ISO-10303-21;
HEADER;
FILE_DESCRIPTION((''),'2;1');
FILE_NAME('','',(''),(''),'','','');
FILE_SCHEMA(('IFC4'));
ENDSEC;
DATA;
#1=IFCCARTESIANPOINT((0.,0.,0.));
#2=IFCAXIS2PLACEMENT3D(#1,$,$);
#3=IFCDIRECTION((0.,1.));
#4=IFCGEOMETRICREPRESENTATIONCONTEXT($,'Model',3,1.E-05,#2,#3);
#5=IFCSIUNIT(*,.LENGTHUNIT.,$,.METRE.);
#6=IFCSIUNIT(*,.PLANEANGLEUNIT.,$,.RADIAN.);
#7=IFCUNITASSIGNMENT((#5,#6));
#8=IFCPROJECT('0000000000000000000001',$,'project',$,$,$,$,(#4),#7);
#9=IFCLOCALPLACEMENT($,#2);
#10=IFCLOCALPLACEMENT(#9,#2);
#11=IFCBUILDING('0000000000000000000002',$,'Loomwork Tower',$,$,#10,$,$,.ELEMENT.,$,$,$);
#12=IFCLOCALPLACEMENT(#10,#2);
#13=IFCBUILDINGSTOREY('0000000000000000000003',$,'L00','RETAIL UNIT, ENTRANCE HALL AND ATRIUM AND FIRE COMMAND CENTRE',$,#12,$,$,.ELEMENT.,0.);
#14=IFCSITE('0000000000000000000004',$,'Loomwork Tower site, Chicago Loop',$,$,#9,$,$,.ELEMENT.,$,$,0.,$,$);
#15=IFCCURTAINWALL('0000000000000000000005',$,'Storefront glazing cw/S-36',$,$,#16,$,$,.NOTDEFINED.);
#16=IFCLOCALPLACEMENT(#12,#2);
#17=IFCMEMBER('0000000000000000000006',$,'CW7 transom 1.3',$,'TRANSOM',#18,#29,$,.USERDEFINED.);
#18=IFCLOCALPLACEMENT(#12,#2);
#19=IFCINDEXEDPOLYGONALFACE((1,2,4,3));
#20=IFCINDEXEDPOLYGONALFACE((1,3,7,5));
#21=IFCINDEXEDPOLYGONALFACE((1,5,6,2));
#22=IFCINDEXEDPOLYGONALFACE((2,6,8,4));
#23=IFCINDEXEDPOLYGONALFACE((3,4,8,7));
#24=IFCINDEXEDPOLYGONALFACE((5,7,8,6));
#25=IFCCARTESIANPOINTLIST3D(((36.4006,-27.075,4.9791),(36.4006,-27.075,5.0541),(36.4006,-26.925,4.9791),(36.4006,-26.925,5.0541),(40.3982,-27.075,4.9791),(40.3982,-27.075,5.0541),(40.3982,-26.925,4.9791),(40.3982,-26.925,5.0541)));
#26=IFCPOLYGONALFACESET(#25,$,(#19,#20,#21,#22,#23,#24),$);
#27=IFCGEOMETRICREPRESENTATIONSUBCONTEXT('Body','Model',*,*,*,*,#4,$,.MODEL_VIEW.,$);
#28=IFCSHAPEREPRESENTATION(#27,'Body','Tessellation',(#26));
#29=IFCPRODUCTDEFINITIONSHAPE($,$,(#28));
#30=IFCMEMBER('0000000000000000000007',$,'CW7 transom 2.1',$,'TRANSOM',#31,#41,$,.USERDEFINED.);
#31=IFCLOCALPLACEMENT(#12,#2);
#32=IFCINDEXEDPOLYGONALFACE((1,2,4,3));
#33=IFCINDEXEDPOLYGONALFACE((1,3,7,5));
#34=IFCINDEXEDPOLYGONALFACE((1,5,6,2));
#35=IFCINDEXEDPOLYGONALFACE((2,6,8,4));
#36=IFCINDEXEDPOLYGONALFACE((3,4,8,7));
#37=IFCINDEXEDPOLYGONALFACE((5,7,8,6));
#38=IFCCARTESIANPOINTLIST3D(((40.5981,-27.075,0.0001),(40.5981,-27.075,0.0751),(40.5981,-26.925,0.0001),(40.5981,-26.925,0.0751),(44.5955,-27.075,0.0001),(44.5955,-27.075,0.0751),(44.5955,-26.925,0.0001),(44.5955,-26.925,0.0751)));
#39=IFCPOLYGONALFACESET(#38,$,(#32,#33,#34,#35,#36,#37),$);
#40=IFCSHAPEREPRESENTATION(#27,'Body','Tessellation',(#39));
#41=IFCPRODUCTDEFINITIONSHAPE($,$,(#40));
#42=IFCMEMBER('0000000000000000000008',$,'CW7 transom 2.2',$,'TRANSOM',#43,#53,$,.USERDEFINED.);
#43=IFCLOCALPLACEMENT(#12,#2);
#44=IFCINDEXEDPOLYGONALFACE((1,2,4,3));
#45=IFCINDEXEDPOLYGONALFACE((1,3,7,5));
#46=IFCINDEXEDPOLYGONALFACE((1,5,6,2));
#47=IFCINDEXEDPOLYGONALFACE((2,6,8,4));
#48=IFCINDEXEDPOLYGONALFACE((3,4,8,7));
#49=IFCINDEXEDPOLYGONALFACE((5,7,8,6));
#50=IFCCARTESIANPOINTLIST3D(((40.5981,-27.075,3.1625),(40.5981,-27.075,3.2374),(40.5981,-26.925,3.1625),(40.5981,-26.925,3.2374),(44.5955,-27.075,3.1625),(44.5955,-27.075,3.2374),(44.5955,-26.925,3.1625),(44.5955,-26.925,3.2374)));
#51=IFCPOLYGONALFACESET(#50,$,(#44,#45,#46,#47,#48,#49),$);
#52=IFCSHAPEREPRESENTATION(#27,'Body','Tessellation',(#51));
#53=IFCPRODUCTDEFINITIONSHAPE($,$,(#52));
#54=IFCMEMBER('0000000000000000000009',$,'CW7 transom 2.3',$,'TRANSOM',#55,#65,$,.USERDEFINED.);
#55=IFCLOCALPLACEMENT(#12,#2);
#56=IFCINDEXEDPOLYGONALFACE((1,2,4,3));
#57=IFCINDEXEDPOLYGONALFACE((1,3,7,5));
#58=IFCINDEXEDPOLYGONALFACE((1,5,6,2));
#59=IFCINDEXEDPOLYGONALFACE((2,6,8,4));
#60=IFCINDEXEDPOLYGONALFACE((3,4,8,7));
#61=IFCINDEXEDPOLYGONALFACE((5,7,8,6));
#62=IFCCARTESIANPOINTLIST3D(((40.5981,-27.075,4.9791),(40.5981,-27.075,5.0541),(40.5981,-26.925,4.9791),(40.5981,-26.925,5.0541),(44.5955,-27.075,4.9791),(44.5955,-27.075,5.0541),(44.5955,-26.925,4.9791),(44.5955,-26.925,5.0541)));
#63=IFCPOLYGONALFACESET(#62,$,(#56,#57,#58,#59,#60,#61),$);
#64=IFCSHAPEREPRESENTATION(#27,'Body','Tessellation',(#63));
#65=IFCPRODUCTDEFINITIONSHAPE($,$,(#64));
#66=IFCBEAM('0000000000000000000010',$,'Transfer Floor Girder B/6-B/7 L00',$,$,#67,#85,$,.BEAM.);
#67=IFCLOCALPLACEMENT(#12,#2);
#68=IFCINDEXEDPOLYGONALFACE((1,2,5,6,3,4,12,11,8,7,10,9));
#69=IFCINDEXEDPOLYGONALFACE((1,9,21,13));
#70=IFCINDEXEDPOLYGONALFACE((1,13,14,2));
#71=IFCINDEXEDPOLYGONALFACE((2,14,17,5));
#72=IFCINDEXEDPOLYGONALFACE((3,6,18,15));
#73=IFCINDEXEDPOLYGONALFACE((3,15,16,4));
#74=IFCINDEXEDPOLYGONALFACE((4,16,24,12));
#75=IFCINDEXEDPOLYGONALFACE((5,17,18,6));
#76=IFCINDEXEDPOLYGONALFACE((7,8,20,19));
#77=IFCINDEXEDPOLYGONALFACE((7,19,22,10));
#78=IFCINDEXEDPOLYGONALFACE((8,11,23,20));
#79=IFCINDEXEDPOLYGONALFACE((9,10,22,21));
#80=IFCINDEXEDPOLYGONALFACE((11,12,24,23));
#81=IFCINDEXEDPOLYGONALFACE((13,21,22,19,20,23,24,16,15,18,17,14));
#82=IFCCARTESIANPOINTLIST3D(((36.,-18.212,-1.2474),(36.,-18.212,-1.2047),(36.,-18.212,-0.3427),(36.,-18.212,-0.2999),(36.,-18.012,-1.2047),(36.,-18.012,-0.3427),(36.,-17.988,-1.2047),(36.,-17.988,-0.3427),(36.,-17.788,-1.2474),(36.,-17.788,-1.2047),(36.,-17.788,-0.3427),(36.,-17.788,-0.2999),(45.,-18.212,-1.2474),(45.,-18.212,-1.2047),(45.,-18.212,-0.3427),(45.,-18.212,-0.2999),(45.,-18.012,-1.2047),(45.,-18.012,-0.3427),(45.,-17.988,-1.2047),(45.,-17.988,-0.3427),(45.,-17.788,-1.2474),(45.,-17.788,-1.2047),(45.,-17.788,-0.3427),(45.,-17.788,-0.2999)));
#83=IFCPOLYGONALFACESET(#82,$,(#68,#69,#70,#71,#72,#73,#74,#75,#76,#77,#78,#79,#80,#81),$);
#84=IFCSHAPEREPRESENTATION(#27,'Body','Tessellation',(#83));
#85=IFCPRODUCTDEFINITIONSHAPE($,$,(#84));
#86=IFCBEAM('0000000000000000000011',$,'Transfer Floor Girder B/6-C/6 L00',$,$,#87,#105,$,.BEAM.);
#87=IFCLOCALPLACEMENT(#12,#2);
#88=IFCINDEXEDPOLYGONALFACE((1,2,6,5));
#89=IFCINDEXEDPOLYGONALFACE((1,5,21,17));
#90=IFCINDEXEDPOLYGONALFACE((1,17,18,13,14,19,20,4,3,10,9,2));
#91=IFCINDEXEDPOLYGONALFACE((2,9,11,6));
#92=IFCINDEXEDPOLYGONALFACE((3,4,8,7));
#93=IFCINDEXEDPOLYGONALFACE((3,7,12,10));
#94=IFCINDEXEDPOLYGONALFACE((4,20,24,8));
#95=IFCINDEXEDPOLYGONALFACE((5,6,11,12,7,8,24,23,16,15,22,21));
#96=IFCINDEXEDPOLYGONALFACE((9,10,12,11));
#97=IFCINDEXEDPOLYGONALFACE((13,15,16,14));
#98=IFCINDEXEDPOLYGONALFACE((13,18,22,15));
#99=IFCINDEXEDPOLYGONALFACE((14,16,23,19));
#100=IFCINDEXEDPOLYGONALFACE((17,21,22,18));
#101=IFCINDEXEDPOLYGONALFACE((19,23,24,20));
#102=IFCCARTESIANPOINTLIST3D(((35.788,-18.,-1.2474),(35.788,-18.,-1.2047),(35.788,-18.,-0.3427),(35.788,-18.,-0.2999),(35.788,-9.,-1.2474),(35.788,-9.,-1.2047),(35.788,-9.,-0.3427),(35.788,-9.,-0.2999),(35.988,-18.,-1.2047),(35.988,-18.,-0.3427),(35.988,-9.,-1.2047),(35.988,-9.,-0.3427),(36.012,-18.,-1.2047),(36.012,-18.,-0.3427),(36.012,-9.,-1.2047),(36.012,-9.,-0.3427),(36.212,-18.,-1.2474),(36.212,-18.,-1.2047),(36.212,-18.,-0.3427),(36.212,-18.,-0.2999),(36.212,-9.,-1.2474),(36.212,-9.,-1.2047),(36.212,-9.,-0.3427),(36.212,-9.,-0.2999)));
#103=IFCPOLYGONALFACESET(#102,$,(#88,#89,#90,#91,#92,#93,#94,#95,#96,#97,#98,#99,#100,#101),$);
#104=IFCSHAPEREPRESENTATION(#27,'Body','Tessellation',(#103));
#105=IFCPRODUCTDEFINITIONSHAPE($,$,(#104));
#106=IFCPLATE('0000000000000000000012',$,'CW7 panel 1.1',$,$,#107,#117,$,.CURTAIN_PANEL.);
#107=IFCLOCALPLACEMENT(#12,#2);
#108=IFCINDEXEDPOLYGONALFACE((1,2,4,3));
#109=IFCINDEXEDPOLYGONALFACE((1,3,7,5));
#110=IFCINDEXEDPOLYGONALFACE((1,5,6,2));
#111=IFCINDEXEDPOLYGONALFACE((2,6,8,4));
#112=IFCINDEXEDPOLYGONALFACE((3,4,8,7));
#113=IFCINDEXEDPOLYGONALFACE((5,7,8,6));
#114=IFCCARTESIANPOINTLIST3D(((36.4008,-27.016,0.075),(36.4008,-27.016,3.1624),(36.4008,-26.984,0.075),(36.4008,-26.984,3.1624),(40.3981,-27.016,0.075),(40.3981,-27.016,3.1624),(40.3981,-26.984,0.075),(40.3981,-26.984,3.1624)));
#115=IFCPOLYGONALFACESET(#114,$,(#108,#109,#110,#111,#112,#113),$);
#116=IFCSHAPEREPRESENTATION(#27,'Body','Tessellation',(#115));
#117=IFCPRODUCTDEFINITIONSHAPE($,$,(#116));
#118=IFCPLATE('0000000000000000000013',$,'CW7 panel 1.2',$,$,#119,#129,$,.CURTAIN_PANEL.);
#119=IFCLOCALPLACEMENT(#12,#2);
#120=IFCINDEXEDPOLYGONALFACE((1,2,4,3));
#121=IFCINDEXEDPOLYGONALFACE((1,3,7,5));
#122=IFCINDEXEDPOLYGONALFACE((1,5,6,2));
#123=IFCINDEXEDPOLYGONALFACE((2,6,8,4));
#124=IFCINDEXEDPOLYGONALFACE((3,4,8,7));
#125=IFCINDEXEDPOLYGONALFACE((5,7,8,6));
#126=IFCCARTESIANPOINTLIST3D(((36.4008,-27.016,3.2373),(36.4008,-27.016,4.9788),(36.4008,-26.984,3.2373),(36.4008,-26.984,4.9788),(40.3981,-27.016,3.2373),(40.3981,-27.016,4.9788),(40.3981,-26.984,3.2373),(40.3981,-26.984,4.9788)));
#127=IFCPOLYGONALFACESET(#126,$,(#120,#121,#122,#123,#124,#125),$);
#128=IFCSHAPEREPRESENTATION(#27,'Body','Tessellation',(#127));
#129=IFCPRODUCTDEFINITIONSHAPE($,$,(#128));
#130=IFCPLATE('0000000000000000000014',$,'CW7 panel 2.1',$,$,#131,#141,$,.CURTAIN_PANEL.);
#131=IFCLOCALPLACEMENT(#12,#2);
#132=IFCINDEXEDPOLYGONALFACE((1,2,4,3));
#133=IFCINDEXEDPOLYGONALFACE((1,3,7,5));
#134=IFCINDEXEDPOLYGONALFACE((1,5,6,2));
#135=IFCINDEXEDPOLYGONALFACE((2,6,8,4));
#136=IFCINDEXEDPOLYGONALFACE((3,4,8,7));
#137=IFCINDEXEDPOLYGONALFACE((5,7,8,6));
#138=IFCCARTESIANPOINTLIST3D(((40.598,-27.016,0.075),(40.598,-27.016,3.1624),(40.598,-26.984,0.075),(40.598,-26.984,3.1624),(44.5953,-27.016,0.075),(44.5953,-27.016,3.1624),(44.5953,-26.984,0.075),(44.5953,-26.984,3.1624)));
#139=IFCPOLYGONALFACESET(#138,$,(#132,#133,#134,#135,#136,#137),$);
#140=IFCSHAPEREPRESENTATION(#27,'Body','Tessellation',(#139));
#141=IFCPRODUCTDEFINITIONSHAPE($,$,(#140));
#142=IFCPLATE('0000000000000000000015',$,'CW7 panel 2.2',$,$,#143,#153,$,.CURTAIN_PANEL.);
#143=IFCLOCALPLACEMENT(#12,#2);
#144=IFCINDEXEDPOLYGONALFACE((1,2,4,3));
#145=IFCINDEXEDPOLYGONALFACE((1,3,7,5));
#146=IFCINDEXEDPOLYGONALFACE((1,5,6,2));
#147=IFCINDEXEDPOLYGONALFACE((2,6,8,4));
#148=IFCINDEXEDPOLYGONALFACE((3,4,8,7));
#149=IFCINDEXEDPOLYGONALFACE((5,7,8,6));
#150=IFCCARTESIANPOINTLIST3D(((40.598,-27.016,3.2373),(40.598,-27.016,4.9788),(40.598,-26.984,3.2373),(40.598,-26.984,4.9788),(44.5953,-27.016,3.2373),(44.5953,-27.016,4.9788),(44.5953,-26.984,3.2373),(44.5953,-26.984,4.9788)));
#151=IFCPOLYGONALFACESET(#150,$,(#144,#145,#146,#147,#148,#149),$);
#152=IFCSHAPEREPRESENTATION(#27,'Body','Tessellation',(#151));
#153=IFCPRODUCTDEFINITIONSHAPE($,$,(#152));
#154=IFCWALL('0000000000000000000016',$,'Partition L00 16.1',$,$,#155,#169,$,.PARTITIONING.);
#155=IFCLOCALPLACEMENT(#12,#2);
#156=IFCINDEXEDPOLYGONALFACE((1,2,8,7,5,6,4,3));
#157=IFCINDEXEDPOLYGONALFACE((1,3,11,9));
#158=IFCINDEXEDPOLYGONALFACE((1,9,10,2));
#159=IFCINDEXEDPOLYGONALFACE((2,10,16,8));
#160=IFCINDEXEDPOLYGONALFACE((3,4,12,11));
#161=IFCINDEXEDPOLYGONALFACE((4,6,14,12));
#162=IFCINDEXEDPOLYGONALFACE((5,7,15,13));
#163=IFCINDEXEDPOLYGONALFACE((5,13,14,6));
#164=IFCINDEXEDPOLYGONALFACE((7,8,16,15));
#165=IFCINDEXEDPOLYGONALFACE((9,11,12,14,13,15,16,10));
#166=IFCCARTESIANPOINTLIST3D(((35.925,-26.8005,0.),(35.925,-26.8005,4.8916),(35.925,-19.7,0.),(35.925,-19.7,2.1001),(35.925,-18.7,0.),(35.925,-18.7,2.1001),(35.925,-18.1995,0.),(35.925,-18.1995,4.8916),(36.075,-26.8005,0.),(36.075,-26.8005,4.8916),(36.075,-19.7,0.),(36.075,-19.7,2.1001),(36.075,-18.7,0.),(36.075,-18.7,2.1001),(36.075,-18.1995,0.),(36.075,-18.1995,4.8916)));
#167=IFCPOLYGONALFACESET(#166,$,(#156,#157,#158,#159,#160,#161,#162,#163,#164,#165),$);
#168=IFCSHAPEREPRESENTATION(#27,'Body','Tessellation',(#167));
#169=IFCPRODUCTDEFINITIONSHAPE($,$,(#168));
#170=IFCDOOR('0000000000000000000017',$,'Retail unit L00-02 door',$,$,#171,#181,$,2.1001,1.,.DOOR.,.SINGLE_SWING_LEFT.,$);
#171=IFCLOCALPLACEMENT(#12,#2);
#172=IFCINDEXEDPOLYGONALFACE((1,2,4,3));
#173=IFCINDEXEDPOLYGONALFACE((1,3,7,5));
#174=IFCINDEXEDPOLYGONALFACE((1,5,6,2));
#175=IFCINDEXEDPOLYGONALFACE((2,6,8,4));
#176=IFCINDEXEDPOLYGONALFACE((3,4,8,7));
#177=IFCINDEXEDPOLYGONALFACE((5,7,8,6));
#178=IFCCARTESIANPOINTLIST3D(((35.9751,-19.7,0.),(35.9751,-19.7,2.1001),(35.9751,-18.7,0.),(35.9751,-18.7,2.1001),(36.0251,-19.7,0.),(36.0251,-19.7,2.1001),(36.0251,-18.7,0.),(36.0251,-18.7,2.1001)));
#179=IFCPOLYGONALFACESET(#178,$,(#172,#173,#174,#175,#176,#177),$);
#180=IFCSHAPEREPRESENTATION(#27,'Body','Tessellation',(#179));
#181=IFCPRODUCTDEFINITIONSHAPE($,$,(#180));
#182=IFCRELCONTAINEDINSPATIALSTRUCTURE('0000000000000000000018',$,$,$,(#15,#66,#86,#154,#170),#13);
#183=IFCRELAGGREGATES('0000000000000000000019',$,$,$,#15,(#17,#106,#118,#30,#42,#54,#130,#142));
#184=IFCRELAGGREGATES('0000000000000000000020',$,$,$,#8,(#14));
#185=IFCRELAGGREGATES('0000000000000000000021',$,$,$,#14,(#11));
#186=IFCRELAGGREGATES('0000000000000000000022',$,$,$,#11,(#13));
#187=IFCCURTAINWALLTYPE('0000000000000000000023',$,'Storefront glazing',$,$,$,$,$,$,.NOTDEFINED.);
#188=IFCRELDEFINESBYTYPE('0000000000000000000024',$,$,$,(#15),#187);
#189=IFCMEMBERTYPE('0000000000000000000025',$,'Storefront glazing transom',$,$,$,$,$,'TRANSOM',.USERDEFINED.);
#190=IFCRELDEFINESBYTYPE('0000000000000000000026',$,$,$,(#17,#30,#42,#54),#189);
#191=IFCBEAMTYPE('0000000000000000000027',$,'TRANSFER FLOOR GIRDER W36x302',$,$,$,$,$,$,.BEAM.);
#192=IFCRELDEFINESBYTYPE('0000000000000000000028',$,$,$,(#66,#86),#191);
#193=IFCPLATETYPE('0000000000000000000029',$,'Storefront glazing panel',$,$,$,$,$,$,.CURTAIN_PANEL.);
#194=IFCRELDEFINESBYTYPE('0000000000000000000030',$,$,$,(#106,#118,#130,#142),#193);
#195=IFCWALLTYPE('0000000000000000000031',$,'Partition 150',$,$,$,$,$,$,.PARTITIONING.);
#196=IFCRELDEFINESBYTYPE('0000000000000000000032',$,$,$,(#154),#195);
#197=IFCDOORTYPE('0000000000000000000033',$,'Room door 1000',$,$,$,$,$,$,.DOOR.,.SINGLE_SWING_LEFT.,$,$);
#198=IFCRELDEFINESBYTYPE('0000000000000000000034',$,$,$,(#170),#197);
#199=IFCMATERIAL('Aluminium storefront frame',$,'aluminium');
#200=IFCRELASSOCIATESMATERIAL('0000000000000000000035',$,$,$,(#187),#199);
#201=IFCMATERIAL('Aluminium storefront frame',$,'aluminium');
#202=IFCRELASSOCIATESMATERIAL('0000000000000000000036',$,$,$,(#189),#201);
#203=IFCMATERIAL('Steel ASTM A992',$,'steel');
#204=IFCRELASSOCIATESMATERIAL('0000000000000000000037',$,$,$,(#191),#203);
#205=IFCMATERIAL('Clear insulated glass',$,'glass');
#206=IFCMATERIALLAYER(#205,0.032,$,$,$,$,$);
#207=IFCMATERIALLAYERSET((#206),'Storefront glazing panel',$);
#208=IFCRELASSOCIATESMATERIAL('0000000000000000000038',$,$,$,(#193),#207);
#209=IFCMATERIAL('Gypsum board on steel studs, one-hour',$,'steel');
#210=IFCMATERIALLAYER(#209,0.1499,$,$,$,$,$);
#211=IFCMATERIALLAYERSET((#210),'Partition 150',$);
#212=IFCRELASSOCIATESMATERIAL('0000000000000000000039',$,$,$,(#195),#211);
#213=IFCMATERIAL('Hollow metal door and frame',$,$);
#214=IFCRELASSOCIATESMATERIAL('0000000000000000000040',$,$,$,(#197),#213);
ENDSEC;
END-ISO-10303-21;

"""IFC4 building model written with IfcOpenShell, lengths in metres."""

from ifc_helpers import new_model, si_unit, direction, frame, frame_2d, origin, origin_2d, place, context, subcontext, project, spatial, rectangle, i_section, extrude, material, layer, layer_set, material_profile, profile_set, type_object, element, fill, aggregate, save


model = new_model("IFC4")

# Units and contexts
model_context = context("Model", 3, precision=1e-05, world=origin(), true_north=direction((0.0, 1.0)))
body_context = subcontext(model_context, "Body", "Model", "MODEL_VIEW")
ifc_project = project(units=[si_unit("LENGTHUNIT", "METRE"), si_unit("PLANEANGLEUNIT", "RADIAN")], contexts=[model_context])

# Site, building, storey
site_placement = place(None, origin())
site = spatial("IfcSite", under=ifc_project, at=site_placement, Name="Loomwork Tower site, Chicago Loop", CompositionType="ELEMENT", RefElevation=0.0)
building_placement = place(site_placement, origin())
building = spatial("IfcBuilding", under=site, at=building_placement, Name="Loomwork Tower", CompositionType="ELEMENT")
storey_placement = place(building_placement, origin())
storey = spatial("IfcBuildingStorey", under=building, at=storey_placement, Name="L00", Description="RETAIL UNIT, ENTRANCE HALL AND ATRIUM AND FIRE COMMAND CENTRE", CompositionType="ELEMENT", Elevation=0.0)

# Curtain wall, members
ifc_material_1 = material(Name="Aluminium storefront frame", Category="aluminium")
curtain_wall_type = type_object("IfcCurtainWallType", Name="Storefront glazing", PredefinedType="NOTDEFINED", material=ifc_material_1)
curtain_wall_placement = place(storey_placement, origin())
curtain_wall = element("IfcCurtainWall", 1, at=curtain_wall_placement, inside=storey, type_object=curtain_wall_type, Name="Storefront glazing cw/S-36", PredefinedType="NOTDEFINED")
ifc_material_2 = material(Name="Aluminium storefront frame", Category="aluminium")
ifc_material_profile_1 = material_profile(ifc_material_2, rectangle(XDim=0.1499, YDim=0.075, at=origin_2d()), Name="AL 75x150")
ifc_profile_set_1 = profile_set([ifc_material_profile_1], Name="Aluminium storefront frame")
member_type_1 = type_object("IfcMemberType", Name="Storefront glazing transom", ElementType="TRANSOM", PredefinedType="USERDEFINED", material=ifc_profile_set_1)
member_1_placement = place(storey_placement, frame((36.4006, -27.0, 5.0166), z_axis=(1.0, 0.0, 0.0), x_axis=(0.0, 1.0, 0.0)))
member_1 = element("IfcMember", 2, at=member_1_placement, type_object=member_type_1, Name="CW7 transom 1.3", ObjectType="TRANSOM", PredefinedType="USERDEFINED", context=body_context, shape_type="SweptSolid", body=[
    extrude(rectangle(XDim=0.1499, YDim=0.075, at=origin_2d()), origin(), (0.0, 0.0, 1.0), 3.9976),
])
member_2_placement = place(storey_placement, frame((40.5981, -27.0, 0.0376), z_axis=(1.0, 0.0, 0.0), x_axis=(0.0, 1.0, 0.0)))
member_2 = element("IfcMember", 3, at=member_2_placement, type_object=member_type_1, Name="CW7 transom 2.1", ObjectType="TRANSOM", PredefinedType="USERDEFINED", context=body_context, shape_type="SweptSolid", body=[
    extrude(rectangle(XDim=0.1499, YDim=0.075, at=origin_2d()), origin(), (0.0, 0.0, 1.0), 3.9973),
])
member_3_placement = place(storey_placement, frame((40.5981, -27.0, 3.2), z_axis=(1.0, 0.0, 0.0), x_axis=(0.0, 1.0, 0.0)))
member_3 = element("IfcMember", 4, at=member_3_placement, type_object=member_type_1, Name="CW7 transom 2.2", ObjectType="TRANSOM", PredefinedType="USERDEFINED", context=body_context, shape_type="SweptSolid", body=[
    extrude(rectangle(XDim=0.1499, YDim=0.075, at=origin_2d()), origin(), (0.0, 0.0, 1.0), 3.9973),
])
member_4_placement = place(storey_placement, frame((40.5981, -27.0, 5.0166), z_axis=(1.0, 0.0, 0.0), x_axis=(0.0, 1.0, 0.0)))
member_4 = element("IfcMember", 5, at=member_4_placement, type_object=member_type_1, Name="CW7 transom 2.3", ObjectType="TRANSOM", PredefinedType="USERDEFINED", context=body_context, shape_type="SweptSolid", body=[
    extrude(rectangle(XDim=0.1499, YDim=0.075, at=origin_2d()), origin(), (0.0, 0.0, 1.0), 3.9973),
])

# Beams
ifc_material_3 = material(Name="Steel ASTM A992", Category="steel")
ifc_material_profile_2 = material_profile(ifc_material_3, i_section(OverallWidth=0.4241, OverallDepth=0.9475, WebThickness=0.0239, FlangeThickness=0.0427, at=origin_2d()), Name="W36x302")
ifc_profile_set_2 = profile_set([ifc_material_profile_2], Name="Steel ASTM A992")
beam_type_1 = type_object("IfcBeamType", Name="TRANSFER FLOOR GIRDER W36x302", PredefinedType="BEAM", material=ifc_profile_set_2)
for number, where, z_axis, x_axis, name in (
    (6, (36.0, -18.0, -0.7737), (1.0, 0.0, 0.0), (0.0, 1.0, 0.0), "Transfer Floor Girder B/6-B/7 L00"),
    (7, (36.0, -18.0, -0.7737), (0.0, 1.0, 0.0), (-1.0, 0.0, 0.0), "Transfer Floor Girder B/6-C/6 L00"),
):
    element("IfcBeam", number, at=place(storey_placement, frame(where, z_axis=z_axis, x_axis=x_axis)), inside=storey, type_object=beam_type_1, Name=name, PredefinedType="BEAM", context=body_context, shape_type="SweptSolid", body=[
        extrude(i_section(OverallWidth=0.4241, OverallDepth=0.9475, WebThickness=0.0239, FlangeThickness=0.0427, at=origin_2d()), origin(), (0.0, 0.0, 1.0), 9.0),
    ])

# Plates
ifc_material_4 = material(Name="Clear insulated glass", Category="glass")
ifc_layer_1 = layer(ifc_material_4, 0.032)
ifc_layer_set_1 = layer_set([ifc_layer_1], Name="Storefront glazing panel")
plate_type = type_object("IfcPlateType", Name="Storefront glazing panel", PredefinedType="CURTAIN_PANEL", material=ifc_layer_set_1)
plate_1_placement = place(storey_placement, frame((38.3994, -27.0, 0.075), z_axis=(0.0, 0.0, 1.0), x_axis=(1.0, 0.0, 0.0)))
plate_1 = element("IfcPlate", 8, at=plate_1_placement, type_object=plate_type, Name="CW7 panel 1.1", PredefinedType="CURTAIN_PANEL", context=body_context, shape_type="SweptSolid", body=[
    extrude(rectangle(XDim=3.9973, YDim=0.032, at=origin_2d()), origin(), (0.0, 0.0, 1.0), 3.0874),
])
plate_2_placement = place(storey_placement, frame((38.3994, -27.0, 3.2373), z_axis=(0.0, 0.0, 1.0), x_axis=(1.0, 0.0, 0.0)))
plate_2 = element("IfcPlate", 9, at=plate_2_placement, type_object=plate_type, Name="CW7 panel 1.2", PredefinedType="CURTAIN_PANEL", context=body_context, shape_type="SweptSolid", body=[
    extrude(rectangle(XDim=3.9973, YDim=0.032, at=origin_2d()), origin(), (0.0, 0.0, 1.0), 1.7415),
])
plate_3_placement = place(storey_placement, frame((42.5967, -27.0, 0.075), z_axis=(0.0, 0.0, 1.0), x_axis=(1.0, 0.0, 0.0)))
plate_3 = element("IfcPlate", 10, at=plate_3_placement, type_object=plate_type, Name="CW7 panel 2.1", PredefinedType="CURTAIN_PANEL", context=body_context, shape_type="SweptSolid", body=[
    extrude(rectangle(XDim=3.9973, YDim=0.032, at=origin_2d()), origin(), (0.0, 0.0, 1.0), 3.0874),
])
plate_4_placement = place(storey_placement, frame((42.5967, -27.0, 3.2373), z_axis=(0.0, 0.0, 1.0), x_axis=(1.0, 0.0, 0.0)))
plate_4 = element("IfcPlate", 11, at=plate_4_placement, type_object=plate_type, Name="CW7 panel 2.2", PredefinedType="CURTAIN_PANEL", context=body_context, shape_type="SweptSolid", body=[
    extrude(rectangle(XDim=3.9973, YDim=0.032, at=origin_2d()), origin(), (0.0, 0.0, 1.0), 1.7415),
])
aggregate(curtain_wall, [member_1, plate_1, plate_2, member_2, member_3, member_4, plate_3, plate_4])

# Wall, opening, door
ifc_material_5 = material(Name="Gypsum board on steel studs, one-hour", Category="steel")
ifc_layer_2 = layer(ifc_material_5, 0.1499)
ifc_layer_set_2 = layer_set([ifc_layer_2], Name="Partition 150")
wall_type = type_object("IfcWallType", Name="Partition 150", PredefinedType="PARTITIONING", material=ifc_layer_set_2)
wall_1_placement = place(storey_placement, frame((36.0, -26.8005, 0.0), z_axis=(0.0, 0.0, 1.0), x_axis=(0.0, 1.0, 0.0)))
wall_1 = element("IfcWall", 12, at=wall_1_placement, inside=storey, type_object=wall_type, Name="Partition L00 16.1", PredefinedType="PARTITIONING", context=body_context, shape_type="SweptSolid", body=[
    extrude(rectangle(XDim=8.6011, YDim=0.1499, at=frame_2d((4.3005, 0.0))), origin(), (0.0, 0.0, 1.0), 4.8916),
])
opening_placement = place(wall_1_placement, frame((7.1006, 0.0, 0.0)))
opening = element("IfcOpeningElement", 13, at=opening_placement, cuts=wall_1, PredefinedType="OPENING", context=body_context, shape_type="SweptSolid", body=[
    extrude(rectangle(XDim=1.0, YDim=2.1001, at=frame_2d((0.5, 1.05))), frame((0.0, 0.085, 0.0), z_axis=(0.0, -1.0, 0.0), x_axis=(1.0, 0.0, 0.0)), (0.0, 0.0, 1.0), 0.1699),
])
ifc_material_6 = material(Name="Hollow metal door and frame")
door_type = type_object("IfcDoorType", Name="Room door 1000", OperationType="SINGLE_SWING_LEFT", PredefinedType="DOOR", material=ifc_material_6)
door_placement = place(opening_placement, origin())
door = element("IfcDoor", 14, at=door_placement, inside=storey, type_object=door_type, Name="Retail unit L00-02 door", OperationType="SINGLE_SWING_LEFT", OverallHeight=2.1001, OverallWidth=1.0, PredefinedType="DOOR", context=body_context, shape_type="SweptSolid", body=[
    extrude(rectangle(XDim=1.0, YDim=2.1001, at=frame_2d((0.5, 1.05))), frame((0.0, 0.0249, 0.0), z_axis=(0.0, -1.0, 0.0), x_axis=(1.0, 0.0, 0.0)), (0.0, 0.0, 1.0), 0.05),
])
fill(opening, door)

save(model, "model.ifc")
